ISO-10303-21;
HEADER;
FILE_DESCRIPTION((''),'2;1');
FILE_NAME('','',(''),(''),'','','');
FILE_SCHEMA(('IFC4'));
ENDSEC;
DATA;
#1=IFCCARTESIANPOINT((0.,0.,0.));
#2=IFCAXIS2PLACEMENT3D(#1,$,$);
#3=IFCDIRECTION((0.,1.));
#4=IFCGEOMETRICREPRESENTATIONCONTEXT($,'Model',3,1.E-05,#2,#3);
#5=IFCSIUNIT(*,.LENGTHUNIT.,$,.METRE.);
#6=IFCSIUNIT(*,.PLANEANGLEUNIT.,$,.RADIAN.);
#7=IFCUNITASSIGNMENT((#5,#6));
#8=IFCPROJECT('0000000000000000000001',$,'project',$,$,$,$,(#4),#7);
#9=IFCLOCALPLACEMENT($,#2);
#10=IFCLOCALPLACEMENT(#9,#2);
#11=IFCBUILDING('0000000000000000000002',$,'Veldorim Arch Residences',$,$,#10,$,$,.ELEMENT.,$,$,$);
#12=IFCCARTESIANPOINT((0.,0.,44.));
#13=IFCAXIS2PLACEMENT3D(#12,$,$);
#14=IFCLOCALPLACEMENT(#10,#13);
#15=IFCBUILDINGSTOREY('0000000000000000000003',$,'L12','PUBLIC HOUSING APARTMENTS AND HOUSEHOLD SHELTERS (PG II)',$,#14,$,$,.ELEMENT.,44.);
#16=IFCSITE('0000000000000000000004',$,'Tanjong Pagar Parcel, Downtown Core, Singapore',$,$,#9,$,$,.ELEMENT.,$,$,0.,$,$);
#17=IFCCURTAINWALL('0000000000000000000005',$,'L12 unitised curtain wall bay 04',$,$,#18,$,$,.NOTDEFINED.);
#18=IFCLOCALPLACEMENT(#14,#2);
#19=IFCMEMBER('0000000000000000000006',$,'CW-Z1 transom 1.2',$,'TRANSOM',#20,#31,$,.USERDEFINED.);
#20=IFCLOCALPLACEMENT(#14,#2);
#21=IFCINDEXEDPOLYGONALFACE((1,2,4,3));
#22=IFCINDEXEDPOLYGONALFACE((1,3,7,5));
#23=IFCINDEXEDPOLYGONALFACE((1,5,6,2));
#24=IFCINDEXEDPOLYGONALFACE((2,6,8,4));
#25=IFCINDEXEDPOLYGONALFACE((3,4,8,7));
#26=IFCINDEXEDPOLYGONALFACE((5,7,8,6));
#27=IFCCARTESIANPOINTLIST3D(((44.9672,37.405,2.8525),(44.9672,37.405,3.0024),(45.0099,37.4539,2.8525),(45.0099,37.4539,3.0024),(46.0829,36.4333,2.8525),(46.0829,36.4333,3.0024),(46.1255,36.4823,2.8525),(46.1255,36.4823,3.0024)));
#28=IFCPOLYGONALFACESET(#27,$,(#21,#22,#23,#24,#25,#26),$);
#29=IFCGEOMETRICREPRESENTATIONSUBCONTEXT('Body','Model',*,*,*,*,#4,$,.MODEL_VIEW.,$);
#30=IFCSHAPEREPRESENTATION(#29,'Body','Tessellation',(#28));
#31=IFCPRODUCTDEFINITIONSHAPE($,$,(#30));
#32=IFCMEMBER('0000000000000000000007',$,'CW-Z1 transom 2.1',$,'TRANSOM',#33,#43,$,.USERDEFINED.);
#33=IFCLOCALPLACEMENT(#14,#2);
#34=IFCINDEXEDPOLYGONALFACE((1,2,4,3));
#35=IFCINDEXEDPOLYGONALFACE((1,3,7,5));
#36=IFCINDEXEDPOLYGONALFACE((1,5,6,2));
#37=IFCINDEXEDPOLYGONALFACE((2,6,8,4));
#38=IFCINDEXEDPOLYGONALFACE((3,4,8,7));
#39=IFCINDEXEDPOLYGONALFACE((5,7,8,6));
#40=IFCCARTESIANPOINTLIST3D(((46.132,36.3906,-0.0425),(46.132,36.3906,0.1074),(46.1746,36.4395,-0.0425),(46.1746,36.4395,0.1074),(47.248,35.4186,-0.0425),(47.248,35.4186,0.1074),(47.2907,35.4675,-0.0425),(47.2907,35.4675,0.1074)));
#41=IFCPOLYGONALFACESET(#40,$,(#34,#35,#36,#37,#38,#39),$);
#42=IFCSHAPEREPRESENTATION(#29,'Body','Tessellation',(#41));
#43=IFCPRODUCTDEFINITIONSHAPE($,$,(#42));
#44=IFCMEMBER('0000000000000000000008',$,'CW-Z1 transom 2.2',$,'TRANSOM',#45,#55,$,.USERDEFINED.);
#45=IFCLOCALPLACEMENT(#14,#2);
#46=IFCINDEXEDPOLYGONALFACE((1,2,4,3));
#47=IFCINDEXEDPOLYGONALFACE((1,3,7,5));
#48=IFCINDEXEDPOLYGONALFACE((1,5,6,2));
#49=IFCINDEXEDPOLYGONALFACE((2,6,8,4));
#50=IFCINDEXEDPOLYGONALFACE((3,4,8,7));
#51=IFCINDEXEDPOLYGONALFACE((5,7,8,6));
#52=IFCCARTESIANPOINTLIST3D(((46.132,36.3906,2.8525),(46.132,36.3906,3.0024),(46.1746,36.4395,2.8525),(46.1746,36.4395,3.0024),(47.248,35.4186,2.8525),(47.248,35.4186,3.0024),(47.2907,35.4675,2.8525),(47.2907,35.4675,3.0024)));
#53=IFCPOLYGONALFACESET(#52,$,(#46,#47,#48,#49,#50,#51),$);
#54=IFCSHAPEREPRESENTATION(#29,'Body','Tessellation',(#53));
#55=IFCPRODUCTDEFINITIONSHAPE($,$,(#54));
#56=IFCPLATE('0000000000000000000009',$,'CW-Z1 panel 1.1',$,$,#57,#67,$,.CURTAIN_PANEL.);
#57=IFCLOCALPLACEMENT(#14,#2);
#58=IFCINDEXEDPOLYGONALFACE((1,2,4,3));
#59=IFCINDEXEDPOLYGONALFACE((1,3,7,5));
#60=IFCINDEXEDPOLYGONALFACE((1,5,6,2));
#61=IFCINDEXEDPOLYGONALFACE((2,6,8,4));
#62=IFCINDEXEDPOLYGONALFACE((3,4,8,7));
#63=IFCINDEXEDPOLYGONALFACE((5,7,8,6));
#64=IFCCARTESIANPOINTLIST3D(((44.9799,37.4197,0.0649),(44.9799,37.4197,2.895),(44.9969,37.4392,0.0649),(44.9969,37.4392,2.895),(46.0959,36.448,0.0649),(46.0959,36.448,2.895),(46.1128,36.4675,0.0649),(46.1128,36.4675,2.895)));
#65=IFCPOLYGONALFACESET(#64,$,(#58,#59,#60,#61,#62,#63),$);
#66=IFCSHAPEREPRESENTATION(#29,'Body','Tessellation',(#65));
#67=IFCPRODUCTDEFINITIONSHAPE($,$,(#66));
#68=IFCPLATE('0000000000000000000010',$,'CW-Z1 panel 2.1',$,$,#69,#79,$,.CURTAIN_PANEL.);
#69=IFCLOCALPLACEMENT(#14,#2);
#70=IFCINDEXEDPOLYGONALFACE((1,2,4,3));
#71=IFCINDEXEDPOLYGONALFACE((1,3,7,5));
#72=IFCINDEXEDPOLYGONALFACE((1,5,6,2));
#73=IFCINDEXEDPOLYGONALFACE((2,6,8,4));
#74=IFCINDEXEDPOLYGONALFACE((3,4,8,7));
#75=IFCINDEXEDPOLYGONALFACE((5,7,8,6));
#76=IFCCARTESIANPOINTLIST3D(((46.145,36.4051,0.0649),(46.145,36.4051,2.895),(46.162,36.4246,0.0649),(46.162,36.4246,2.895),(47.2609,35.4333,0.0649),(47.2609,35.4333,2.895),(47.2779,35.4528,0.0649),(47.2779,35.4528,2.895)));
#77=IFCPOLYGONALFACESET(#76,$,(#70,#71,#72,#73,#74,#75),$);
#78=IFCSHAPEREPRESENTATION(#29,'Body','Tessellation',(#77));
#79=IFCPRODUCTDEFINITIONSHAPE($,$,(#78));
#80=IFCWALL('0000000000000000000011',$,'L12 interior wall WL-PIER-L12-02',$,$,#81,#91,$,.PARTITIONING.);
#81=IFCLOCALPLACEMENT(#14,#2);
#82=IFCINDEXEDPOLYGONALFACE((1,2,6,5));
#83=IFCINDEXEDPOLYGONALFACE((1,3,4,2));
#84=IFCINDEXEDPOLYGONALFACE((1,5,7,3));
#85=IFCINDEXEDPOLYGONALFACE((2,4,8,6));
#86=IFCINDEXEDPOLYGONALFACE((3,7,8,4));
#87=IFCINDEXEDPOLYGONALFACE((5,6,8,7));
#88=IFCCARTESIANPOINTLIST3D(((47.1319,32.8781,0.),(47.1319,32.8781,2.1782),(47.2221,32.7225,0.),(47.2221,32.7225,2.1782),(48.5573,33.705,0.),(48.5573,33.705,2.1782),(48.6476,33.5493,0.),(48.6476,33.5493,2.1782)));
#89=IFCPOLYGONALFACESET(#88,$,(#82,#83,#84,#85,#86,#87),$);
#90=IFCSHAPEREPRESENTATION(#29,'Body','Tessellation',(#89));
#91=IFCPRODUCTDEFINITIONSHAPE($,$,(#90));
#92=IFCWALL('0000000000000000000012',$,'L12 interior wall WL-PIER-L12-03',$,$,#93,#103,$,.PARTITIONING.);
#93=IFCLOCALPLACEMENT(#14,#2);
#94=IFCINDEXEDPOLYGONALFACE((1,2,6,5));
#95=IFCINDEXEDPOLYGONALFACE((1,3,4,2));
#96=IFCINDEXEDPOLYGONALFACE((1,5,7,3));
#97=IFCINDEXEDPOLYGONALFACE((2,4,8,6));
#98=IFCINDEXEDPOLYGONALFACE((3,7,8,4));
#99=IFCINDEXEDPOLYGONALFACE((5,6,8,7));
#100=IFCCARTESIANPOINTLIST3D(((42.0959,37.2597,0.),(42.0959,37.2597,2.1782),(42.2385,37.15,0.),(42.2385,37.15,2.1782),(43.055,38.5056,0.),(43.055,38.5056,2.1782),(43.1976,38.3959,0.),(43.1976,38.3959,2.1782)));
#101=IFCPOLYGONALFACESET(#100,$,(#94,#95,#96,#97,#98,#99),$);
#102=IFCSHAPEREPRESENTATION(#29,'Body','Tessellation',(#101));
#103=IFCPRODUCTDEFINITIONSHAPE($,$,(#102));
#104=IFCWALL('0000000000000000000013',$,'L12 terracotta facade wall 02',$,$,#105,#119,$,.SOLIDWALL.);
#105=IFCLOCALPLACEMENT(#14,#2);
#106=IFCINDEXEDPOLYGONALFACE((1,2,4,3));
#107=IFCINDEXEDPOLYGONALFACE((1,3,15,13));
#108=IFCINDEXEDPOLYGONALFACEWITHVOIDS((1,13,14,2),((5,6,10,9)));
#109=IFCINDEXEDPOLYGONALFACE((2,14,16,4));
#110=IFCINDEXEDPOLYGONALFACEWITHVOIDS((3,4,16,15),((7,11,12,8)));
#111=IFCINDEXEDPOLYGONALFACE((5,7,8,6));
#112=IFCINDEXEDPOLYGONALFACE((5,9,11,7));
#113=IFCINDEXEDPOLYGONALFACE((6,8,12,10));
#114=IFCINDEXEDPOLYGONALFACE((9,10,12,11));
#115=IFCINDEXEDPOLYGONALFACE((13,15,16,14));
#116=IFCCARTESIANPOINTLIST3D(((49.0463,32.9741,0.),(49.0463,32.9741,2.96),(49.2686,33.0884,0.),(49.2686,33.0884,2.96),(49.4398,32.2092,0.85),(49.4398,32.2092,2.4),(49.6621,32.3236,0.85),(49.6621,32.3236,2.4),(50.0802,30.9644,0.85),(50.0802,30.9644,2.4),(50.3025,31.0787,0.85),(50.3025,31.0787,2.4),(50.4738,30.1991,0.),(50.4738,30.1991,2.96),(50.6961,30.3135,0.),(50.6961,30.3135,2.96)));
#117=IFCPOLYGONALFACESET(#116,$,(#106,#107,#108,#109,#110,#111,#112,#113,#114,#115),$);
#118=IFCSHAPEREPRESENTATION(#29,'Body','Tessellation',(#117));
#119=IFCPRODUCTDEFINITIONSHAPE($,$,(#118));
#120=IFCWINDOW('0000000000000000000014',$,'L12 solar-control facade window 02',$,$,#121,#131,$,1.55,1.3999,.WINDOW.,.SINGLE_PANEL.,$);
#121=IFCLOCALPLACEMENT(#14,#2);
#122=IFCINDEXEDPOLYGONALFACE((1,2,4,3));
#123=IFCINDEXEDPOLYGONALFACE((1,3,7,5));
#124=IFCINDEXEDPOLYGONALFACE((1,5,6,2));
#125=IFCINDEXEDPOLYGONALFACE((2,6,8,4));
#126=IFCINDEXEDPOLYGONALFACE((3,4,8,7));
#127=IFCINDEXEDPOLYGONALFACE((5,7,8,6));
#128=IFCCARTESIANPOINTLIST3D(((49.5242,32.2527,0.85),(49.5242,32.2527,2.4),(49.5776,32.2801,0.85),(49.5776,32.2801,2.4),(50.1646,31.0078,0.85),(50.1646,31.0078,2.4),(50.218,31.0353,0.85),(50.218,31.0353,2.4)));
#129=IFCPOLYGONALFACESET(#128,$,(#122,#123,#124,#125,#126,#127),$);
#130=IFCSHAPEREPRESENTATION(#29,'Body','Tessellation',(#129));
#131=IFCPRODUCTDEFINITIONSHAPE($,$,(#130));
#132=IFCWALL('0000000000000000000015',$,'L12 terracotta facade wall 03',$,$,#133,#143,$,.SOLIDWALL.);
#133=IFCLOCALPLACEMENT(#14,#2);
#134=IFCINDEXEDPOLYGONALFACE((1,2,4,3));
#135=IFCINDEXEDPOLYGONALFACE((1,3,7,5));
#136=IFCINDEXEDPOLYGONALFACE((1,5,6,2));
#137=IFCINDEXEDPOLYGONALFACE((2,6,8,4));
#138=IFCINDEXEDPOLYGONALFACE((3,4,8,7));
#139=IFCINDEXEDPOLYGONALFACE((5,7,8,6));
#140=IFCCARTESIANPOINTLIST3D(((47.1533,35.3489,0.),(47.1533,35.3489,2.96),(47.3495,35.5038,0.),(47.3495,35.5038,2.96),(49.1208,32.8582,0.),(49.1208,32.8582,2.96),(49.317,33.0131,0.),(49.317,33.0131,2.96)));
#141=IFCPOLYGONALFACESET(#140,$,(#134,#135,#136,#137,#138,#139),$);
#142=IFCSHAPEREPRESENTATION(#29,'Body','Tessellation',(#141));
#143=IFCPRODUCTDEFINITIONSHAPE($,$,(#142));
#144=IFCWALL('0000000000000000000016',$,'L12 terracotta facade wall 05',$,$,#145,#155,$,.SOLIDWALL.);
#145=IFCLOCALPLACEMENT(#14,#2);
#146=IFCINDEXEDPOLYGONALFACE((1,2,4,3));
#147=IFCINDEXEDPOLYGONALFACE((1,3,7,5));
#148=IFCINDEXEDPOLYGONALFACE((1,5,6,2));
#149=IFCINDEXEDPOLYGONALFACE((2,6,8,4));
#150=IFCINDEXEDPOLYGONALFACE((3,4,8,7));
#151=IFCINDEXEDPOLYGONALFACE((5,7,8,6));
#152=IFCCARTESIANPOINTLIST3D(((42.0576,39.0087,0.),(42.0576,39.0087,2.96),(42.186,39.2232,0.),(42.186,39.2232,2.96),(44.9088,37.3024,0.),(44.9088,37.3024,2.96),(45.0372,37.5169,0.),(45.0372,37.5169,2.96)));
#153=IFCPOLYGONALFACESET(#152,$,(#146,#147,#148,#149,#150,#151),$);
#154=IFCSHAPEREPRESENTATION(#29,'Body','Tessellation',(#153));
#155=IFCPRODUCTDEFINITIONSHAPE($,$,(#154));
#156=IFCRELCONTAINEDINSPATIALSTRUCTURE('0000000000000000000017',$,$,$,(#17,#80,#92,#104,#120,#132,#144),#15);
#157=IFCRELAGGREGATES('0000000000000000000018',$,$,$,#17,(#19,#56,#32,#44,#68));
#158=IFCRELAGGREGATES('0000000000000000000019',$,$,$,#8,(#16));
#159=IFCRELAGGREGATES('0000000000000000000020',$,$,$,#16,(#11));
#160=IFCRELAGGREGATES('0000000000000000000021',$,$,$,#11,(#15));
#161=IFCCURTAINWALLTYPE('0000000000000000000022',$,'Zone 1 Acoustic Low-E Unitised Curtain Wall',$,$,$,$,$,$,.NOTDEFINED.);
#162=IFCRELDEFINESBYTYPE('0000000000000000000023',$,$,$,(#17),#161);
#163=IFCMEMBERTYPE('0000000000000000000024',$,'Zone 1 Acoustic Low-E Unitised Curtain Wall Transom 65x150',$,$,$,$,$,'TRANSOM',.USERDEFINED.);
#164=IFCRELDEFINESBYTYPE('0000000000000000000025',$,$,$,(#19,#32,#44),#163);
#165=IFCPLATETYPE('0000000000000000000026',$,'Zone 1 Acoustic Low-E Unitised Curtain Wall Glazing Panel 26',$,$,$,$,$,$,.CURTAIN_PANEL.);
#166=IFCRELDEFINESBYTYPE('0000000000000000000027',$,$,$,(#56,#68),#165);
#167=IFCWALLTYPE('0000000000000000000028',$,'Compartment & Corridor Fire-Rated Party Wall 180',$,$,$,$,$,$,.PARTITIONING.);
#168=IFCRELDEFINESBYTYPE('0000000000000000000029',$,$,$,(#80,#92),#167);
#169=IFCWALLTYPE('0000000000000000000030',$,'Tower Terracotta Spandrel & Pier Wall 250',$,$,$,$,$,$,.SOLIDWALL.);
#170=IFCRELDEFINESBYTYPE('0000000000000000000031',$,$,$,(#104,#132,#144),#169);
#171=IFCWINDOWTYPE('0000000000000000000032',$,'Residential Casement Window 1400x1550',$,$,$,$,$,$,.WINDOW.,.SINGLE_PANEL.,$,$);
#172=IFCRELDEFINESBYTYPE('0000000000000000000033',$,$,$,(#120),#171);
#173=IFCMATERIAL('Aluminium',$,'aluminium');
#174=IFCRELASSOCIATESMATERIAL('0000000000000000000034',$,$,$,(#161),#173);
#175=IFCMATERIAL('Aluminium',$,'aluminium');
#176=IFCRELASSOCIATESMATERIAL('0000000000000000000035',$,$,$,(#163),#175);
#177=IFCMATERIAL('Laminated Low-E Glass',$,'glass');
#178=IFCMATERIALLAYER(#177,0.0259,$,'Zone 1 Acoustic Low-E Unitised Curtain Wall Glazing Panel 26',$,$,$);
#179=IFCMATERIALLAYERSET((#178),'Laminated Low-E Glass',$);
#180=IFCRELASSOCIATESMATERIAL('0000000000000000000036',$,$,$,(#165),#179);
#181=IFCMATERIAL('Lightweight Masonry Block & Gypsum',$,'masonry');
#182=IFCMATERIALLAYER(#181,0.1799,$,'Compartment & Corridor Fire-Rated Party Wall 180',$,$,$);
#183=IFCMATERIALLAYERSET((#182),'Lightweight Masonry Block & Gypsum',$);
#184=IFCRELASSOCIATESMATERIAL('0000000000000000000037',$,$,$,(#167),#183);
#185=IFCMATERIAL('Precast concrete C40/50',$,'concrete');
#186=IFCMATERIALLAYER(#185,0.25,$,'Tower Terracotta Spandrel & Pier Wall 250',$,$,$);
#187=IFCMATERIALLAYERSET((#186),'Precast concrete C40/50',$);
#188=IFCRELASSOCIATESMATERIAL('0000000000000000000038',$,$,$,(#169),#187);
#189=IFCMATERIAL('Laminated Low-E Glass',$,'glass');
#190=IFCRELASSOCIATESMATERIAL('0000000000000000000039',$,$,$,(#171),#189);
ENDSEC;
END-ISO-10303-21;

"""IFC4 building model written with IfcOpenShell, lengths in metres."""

from ifc_helpers import new_model, si_unit, direction, frame, frame_2d, origin, origin_2d, place, context, subcontext, project, spatial, rectangle, extrude, material, layer, layer_set, material_profile, profile_set, type_object, element, fill, aggregate, save


model = new_model("IFC4")

# Units and contexts
model_context = context("Model", 3, precision=1e-05, world=origin(), true_north=direction((0.0, 1.0)))
body_context = subcontext(model_context, "Body", "Model", "MODEL_VIEW")
ifc_project = project(units=[si_unit("LENGTHUNIT", "METRE"), si_unit("PLANEANGLEUNIT", "RADIAN")], contexts=[model_context])

# Site, building, storey
site_placement = place(None, origin())
site = spatial("IfcSite", under=ifc_project, at=site_placement, Name="Tanjong Pagar Parcel, Downtown Core, Singapore", CompositionType="ELEMENT", RefElevation=0.0)
building_placement = place(site_placement, origin())
building = spatial("IfcBuilding", under=site, at=building_placement, Name="Veldorim Arch Residences", CompositionType="ELEMENT")
storey_placement = place(building_placement, frame((0.0, 0.0, 44.0)))
storey = spatial("IfcBuildingStorey", under=building, at=storey_placement, Name="L12", Description="PUBLIC HOUSING APARTMENTS AND HOUSEHOLD SHELTERS (PG II)", CompositionType="ELEMENT", Elevation=44.0)

# Curtain wall, members, plates
ifc_material_1 = material(Name="Aluminium", Category="aluminium")
curtain_wall_type = type_object("IfcCurtainWallType", Name="Zone 1 Acoustic Low-E Unitised Curtain Wall", PredefinedType="NOTDEFINED", material=ifc_material_1)
curtain_wall_placement = place(storey_placement, origin())
curtain_wall = element("IfcCurtainWall", 1, at=curtain_wall_placement, inside=storey, type_object=curtain_wall_type, Name="L12 unitised curtain wall bay 04", PredefinedType="NOTDEFINED")
ifc_material_2 = material(Name="Aluminium", Category="aluminium")
ifc_material_profile_1 = material_profile(ifc_material_2, rectangle(XDim=0.0649, YDim=0.1499, at=origin_2d()), Name="ALU_TRN_65x150")
ifc_profile_set_1 = profile_set([ifc_material_profile_1], Name="Aluminium")
member_type_1 = type_object("IfcMemberType", Name="Zone 1 Acoustic Low-E Unitised Curtain Wall Transom 65x150", ElementType="TRANSOM", PredefinedType="USERDEFINED", material=ifc_profile_set_1)
member_1_placement = place(storey_placement, frame((44.9885, 37.4294, 2.9275), z_axis=(0.754108, -0.65675, 0.0), x_axis=(0.65675, 0.754108, 0.0)))
member_1 = element("IfcMember", 2, at=member_1_placement, type_object=member_type_1, Name="CW-Z1 transom 1.2", ObjectType="TRANSOM", PredefinedType="USERDEFINED", context=body_context, shape_type="SweptSolid", body=[
    extrude(rectangle(XDim=0.0649, YDim=0.1499, at=origin_2d()), origin(), (0.0, 0.0, 1.0), 1.4795),
])
member_2_placement = place(storey_placement, frame((46.1533, 36.415, 0.0325), z_axis=(0.754097, -0.656763, 0.0), x_axis=(0.656763, 0.754097, 0.0)))
member_2 = element("IfcMember", 3, at=member_2_placement, type_object=member_type_1, Name="CW-Z1 transom 2.1", ObjectType="TRANSOM", PredefinedType="USERDEFINED", context=body_context, shape_type="SweptSolid", body=[
    extrude(rectangle(XDim=0.0649, YDim=0.1499, at=origin_2d()), origin(), (0.0, 0.0, 1.0), 1.48),
])
member_3_placement = place(storey_placement, frame((46.1533, 36.415, 2.9275), z_axis=(0.754097, -0.656763, 0.0), x_axis=(0.656763, 0.754097, 0.0)))
member_3 = element("IfcMember", 4, at=member_3_placement, type_object=member_type_1, Name="CW-Z1 transom 2.2", ObjectType="TRANSOM", PredefinedType="USERDEFINED", context=body_context, shape_type="SweptSolid", body=[
    extrude(rectangle(XDim=0.0649, YDim=0.1499, at=origin_2d()), origin(), (0.0, 0.0, 1.0), 1.48),
])
ifc_material_3 = material(Name="Laminated Low-E Glass", Category="glass")
ifc_layer_1 = layer(ifc_material_3, 0.0259, Name="Zone 1 Acoustic Low-E Unitised Curtain Wall Glazing Panel 26")
ifc_layer_set_1 = layer_set([ifc_layer_1], Name="Laminated Low-E Glass")
plate_type = type_object("IfcPlateType", Name="Zone 1 Acoustic Low-E Unitised Curtain Wall Glazing Panel 26", PredefinedType="CURTAIN_PANEL", material=ifc_layer_set_1)
plate_1_placement = place(storey_placement, frame((45.5464, 36.9436, 0.0649), z_axis=(0.0, 0.0, 1.0), x_axis=(0.754136, -0.656719, 0.0)))
plate_1 = element("IfcPlate", 5, at=plate_1_placement, type_object=plate_type, Name="CW-Z1 panel 1.1", PredefinedType="CURTAIN_PANEL", context=body_context, shape_type="SweptSolid", body=[
    extrude(rectangle(XDim=1.4797, YDim=0.0259, at=origin_2d()), origin(), (0.0, 0.0, 1.0), 2.8301),
])
plate_2_placement = place(storey_placement, frame((46.7114, 35.929, 0.0649), z_axis=(0.0, 0.0, 1.0), x_axis=(0.754136, -0.656719, 0.0)))
plate_2 = element("IfcPlate", 6, at=plate_2_placement, type_object=plate_type, Name="CW-Z1 panel 2.1", PredefinedType="CURTAIN_PANEL", context=body_context, shape_type="SweptSolid", body=[
    extrude(rectangle(XDim=1.4797, YDim=0.0259, at=origin_2d()), origin(), (0.0, 0.0, 1.0), 2.8301),
])
aggregate(curtain_wall, [member_1, plate_1, member_2, member_3, plate_2])

# Walls
ifc_material_4 = material(Name="Lightweight Masonry Block & Gypsum", Category="masonry")
ifc_layer_2 = layer(ifc_material_4, 0.1799, Name="Compartment & Corridor Fire-Rated Party Wall 180")
ifc_layer_set_2 = layer_set([ifc_layer_2], Name="Lightweight Masonry Block & Gypsum")
wall_type_1 = type_object("IfcWallType", Name="Compartment & Corridor Fire-Rated Party Wall 180", PredefinedType="PARTITIONING", material=ifc_layer_set_2)
wall_1_placement = place(storey_placement, frame((47.177, 32.8003, 0.0), z_axis=(0.0, 0.0, 1.0), x_axis=(0.865007, 0.50176, 0.0)))
element("IfcWall", 7, at=wall_1_placement, inside=storey, type_object=wall_type_1, Name="L12 interior wall WL-PIER-L12-02", PredefinedType="PARTITIONING", context=body_context, shape_type="SweptSolid", body=[
    extrude(rectangle(XDim=1.6479, YDim=0.1799, at=frame_2d((0.824, 0.0))), origin(), (0.0, 0.0, 1.0), 2.1782),
])
wall_2_placement = place(storey_placement, frame((42.1672, 37.2048, 0.0), z_axis=(0.0, 0.0, 1.0), x_axis=(0.609966, 0.792428, 0.0)))
element("IfcWall", 8, at=wall_2_placement, inside=storey, type_object=wall_type_1, Name="L12 interior wall WL-PIER-L12-03", PredefinedType="PARTITIONING", context=body_context, shape_type="SweptSolid", body=[
    extrude(rectangle(XDim=1.5723, YDim=0.1799, at=frame_2d((0.7861, 0.0))), origin(), (0.0, 0.0, 1.0), 2.1782),
])

# Wall, opening, window
ifc_material_5 = material(Name="Precast concrete C40/50", Category="concrete")
ifc_layer_3 = layer(ifc_material_5, 0.25, Name="Tower Terracotta Spandrel & Pier Wall 250")
ifc_layer_set_3 = layer_set([ifc_layer_3], Name="Precast concrete C40/50")
wall_type_2 = type_object("IfcWallType", Name="Tower Terracotta Spandrel & Pier Wall 250", PredefinedType="SOLIDWALL", material=ifc_layer_set_3)
wall_3_placement = place(storey_placement, frame((49.1575, 33.0312, 0.0), z_axis=(0.0, 0.0, 1.0), x_axis=(0.457449, -0.889236, 0.0)))
wall_3 = element("IfcWall", 9, at=wall_3_placement, inside=storey, type_object=wall_type_2, Name="L12 terracotta facade wall 02", PredefinedType="SOLIDWALL", context=body_context, shape_type="SweptSolid", body=[
    extrude(rectangle(XDim=3.1206, YDim=0.25, at=frame_2d((1.5603, 0.0))), origin(), (0.0, 0.0, 1.0), 2.96),
])
opening_1_placement = place(wall_3_placement, frame((0.8601, 0.0, 0.8501)))
opening_1 = element("IfcOpeningElement", 10, at=opening_1_placement, cuts=wall_3, PredefinedType="OPENING", context=body_context, shape_type="SweptSolid", body=[
    extrude(rectangle(XDim=1.3999, YDim=1.55, at=frame_2d((0.7, 0.7749))), frame((0.0, 0.135, 0.0), z_axis=(0.0, -1.0, 0.0), x_axis=(1.0, 0.0, 0.0)), (0.0, 0.0, 1.0), 0.27),
])
ifc_material_6 = material(Name="Laminated Low-E Glass", Category="glass")
window_type = type_object("IfcWindowType", Name="Residential Casement Window 1400x1550", PartitioningType="SINGLE_PANEL", PredefinedType="WINDOW", material=ifc_material_6)
window_placement = place(opening_1_placement, origin())
window = element("IfcWindow", 11, at=window_placement, inside=storey, type_object=window_type, Name="L12 solar-control facade window 02", OverallHeight=1.55, OverallWidth=1.3999, PartitioningType="SINGLE_PANEL", PredefinedType="WINDOW", context=body_context, shape_type="SweptSolid", body=[
    extrude(rectangle(XDim=1.3999, YDim=1.55, at=frame_2d((0.7, 0.7749))), frame((0.0, 0.03, 0.0), z_axis=(0.0, -1.0, 0.0), x_axis=(1.0, 0.0, 0.0)), (0.0, 0.0, 1.0), 0.0601),
])
fill(opening_1, window)

# Walls
wall_4_placement = place(storey_placement, frame((47.2515, 35.4263, 0.0), z_axis=(0.0, 0.0, 1.0), x_axis=(0.619871, -0.784704, 0.0)))
element("IfcWall", 12, at=wall_4_placement, inside=storey, type_object=wall_type_2, Name="L12 terracotta facade wall 03", PredefinedType="SOLIDWALL", context=body_context, shape_type="SweptSolid", body=[
    extrude(rectangle(XDim=3.1741, YDim=0.25, at=frame_2d((1.5869, 0.0))), origin(), (0.0, 0.0, 1.0), 2.96),
])
wall_5_placement = place(storey_placement, frame((42.1218, 39.116, 0.0), z_axis=(0.0, 0.0, 1.0), x_axis=(0.858069, -0.513534, 0.0)))
element("IfcWall", 13, at=wall_5_placement, inside=storey, type_object=wall_type_2, Name="L12 terracotta facade wall 05", PredefinedType="SOLIDWALL", context=body_context, shape_type="SweptSolid", body=[
    extrude(rectangle(XDim=3.3228, YDim=0.25, at=frame_2d((1.6614, 0.0))), origin(), (0.0, 0.0, 1.0), 2.96),
])

save(model, "model.ifc")
